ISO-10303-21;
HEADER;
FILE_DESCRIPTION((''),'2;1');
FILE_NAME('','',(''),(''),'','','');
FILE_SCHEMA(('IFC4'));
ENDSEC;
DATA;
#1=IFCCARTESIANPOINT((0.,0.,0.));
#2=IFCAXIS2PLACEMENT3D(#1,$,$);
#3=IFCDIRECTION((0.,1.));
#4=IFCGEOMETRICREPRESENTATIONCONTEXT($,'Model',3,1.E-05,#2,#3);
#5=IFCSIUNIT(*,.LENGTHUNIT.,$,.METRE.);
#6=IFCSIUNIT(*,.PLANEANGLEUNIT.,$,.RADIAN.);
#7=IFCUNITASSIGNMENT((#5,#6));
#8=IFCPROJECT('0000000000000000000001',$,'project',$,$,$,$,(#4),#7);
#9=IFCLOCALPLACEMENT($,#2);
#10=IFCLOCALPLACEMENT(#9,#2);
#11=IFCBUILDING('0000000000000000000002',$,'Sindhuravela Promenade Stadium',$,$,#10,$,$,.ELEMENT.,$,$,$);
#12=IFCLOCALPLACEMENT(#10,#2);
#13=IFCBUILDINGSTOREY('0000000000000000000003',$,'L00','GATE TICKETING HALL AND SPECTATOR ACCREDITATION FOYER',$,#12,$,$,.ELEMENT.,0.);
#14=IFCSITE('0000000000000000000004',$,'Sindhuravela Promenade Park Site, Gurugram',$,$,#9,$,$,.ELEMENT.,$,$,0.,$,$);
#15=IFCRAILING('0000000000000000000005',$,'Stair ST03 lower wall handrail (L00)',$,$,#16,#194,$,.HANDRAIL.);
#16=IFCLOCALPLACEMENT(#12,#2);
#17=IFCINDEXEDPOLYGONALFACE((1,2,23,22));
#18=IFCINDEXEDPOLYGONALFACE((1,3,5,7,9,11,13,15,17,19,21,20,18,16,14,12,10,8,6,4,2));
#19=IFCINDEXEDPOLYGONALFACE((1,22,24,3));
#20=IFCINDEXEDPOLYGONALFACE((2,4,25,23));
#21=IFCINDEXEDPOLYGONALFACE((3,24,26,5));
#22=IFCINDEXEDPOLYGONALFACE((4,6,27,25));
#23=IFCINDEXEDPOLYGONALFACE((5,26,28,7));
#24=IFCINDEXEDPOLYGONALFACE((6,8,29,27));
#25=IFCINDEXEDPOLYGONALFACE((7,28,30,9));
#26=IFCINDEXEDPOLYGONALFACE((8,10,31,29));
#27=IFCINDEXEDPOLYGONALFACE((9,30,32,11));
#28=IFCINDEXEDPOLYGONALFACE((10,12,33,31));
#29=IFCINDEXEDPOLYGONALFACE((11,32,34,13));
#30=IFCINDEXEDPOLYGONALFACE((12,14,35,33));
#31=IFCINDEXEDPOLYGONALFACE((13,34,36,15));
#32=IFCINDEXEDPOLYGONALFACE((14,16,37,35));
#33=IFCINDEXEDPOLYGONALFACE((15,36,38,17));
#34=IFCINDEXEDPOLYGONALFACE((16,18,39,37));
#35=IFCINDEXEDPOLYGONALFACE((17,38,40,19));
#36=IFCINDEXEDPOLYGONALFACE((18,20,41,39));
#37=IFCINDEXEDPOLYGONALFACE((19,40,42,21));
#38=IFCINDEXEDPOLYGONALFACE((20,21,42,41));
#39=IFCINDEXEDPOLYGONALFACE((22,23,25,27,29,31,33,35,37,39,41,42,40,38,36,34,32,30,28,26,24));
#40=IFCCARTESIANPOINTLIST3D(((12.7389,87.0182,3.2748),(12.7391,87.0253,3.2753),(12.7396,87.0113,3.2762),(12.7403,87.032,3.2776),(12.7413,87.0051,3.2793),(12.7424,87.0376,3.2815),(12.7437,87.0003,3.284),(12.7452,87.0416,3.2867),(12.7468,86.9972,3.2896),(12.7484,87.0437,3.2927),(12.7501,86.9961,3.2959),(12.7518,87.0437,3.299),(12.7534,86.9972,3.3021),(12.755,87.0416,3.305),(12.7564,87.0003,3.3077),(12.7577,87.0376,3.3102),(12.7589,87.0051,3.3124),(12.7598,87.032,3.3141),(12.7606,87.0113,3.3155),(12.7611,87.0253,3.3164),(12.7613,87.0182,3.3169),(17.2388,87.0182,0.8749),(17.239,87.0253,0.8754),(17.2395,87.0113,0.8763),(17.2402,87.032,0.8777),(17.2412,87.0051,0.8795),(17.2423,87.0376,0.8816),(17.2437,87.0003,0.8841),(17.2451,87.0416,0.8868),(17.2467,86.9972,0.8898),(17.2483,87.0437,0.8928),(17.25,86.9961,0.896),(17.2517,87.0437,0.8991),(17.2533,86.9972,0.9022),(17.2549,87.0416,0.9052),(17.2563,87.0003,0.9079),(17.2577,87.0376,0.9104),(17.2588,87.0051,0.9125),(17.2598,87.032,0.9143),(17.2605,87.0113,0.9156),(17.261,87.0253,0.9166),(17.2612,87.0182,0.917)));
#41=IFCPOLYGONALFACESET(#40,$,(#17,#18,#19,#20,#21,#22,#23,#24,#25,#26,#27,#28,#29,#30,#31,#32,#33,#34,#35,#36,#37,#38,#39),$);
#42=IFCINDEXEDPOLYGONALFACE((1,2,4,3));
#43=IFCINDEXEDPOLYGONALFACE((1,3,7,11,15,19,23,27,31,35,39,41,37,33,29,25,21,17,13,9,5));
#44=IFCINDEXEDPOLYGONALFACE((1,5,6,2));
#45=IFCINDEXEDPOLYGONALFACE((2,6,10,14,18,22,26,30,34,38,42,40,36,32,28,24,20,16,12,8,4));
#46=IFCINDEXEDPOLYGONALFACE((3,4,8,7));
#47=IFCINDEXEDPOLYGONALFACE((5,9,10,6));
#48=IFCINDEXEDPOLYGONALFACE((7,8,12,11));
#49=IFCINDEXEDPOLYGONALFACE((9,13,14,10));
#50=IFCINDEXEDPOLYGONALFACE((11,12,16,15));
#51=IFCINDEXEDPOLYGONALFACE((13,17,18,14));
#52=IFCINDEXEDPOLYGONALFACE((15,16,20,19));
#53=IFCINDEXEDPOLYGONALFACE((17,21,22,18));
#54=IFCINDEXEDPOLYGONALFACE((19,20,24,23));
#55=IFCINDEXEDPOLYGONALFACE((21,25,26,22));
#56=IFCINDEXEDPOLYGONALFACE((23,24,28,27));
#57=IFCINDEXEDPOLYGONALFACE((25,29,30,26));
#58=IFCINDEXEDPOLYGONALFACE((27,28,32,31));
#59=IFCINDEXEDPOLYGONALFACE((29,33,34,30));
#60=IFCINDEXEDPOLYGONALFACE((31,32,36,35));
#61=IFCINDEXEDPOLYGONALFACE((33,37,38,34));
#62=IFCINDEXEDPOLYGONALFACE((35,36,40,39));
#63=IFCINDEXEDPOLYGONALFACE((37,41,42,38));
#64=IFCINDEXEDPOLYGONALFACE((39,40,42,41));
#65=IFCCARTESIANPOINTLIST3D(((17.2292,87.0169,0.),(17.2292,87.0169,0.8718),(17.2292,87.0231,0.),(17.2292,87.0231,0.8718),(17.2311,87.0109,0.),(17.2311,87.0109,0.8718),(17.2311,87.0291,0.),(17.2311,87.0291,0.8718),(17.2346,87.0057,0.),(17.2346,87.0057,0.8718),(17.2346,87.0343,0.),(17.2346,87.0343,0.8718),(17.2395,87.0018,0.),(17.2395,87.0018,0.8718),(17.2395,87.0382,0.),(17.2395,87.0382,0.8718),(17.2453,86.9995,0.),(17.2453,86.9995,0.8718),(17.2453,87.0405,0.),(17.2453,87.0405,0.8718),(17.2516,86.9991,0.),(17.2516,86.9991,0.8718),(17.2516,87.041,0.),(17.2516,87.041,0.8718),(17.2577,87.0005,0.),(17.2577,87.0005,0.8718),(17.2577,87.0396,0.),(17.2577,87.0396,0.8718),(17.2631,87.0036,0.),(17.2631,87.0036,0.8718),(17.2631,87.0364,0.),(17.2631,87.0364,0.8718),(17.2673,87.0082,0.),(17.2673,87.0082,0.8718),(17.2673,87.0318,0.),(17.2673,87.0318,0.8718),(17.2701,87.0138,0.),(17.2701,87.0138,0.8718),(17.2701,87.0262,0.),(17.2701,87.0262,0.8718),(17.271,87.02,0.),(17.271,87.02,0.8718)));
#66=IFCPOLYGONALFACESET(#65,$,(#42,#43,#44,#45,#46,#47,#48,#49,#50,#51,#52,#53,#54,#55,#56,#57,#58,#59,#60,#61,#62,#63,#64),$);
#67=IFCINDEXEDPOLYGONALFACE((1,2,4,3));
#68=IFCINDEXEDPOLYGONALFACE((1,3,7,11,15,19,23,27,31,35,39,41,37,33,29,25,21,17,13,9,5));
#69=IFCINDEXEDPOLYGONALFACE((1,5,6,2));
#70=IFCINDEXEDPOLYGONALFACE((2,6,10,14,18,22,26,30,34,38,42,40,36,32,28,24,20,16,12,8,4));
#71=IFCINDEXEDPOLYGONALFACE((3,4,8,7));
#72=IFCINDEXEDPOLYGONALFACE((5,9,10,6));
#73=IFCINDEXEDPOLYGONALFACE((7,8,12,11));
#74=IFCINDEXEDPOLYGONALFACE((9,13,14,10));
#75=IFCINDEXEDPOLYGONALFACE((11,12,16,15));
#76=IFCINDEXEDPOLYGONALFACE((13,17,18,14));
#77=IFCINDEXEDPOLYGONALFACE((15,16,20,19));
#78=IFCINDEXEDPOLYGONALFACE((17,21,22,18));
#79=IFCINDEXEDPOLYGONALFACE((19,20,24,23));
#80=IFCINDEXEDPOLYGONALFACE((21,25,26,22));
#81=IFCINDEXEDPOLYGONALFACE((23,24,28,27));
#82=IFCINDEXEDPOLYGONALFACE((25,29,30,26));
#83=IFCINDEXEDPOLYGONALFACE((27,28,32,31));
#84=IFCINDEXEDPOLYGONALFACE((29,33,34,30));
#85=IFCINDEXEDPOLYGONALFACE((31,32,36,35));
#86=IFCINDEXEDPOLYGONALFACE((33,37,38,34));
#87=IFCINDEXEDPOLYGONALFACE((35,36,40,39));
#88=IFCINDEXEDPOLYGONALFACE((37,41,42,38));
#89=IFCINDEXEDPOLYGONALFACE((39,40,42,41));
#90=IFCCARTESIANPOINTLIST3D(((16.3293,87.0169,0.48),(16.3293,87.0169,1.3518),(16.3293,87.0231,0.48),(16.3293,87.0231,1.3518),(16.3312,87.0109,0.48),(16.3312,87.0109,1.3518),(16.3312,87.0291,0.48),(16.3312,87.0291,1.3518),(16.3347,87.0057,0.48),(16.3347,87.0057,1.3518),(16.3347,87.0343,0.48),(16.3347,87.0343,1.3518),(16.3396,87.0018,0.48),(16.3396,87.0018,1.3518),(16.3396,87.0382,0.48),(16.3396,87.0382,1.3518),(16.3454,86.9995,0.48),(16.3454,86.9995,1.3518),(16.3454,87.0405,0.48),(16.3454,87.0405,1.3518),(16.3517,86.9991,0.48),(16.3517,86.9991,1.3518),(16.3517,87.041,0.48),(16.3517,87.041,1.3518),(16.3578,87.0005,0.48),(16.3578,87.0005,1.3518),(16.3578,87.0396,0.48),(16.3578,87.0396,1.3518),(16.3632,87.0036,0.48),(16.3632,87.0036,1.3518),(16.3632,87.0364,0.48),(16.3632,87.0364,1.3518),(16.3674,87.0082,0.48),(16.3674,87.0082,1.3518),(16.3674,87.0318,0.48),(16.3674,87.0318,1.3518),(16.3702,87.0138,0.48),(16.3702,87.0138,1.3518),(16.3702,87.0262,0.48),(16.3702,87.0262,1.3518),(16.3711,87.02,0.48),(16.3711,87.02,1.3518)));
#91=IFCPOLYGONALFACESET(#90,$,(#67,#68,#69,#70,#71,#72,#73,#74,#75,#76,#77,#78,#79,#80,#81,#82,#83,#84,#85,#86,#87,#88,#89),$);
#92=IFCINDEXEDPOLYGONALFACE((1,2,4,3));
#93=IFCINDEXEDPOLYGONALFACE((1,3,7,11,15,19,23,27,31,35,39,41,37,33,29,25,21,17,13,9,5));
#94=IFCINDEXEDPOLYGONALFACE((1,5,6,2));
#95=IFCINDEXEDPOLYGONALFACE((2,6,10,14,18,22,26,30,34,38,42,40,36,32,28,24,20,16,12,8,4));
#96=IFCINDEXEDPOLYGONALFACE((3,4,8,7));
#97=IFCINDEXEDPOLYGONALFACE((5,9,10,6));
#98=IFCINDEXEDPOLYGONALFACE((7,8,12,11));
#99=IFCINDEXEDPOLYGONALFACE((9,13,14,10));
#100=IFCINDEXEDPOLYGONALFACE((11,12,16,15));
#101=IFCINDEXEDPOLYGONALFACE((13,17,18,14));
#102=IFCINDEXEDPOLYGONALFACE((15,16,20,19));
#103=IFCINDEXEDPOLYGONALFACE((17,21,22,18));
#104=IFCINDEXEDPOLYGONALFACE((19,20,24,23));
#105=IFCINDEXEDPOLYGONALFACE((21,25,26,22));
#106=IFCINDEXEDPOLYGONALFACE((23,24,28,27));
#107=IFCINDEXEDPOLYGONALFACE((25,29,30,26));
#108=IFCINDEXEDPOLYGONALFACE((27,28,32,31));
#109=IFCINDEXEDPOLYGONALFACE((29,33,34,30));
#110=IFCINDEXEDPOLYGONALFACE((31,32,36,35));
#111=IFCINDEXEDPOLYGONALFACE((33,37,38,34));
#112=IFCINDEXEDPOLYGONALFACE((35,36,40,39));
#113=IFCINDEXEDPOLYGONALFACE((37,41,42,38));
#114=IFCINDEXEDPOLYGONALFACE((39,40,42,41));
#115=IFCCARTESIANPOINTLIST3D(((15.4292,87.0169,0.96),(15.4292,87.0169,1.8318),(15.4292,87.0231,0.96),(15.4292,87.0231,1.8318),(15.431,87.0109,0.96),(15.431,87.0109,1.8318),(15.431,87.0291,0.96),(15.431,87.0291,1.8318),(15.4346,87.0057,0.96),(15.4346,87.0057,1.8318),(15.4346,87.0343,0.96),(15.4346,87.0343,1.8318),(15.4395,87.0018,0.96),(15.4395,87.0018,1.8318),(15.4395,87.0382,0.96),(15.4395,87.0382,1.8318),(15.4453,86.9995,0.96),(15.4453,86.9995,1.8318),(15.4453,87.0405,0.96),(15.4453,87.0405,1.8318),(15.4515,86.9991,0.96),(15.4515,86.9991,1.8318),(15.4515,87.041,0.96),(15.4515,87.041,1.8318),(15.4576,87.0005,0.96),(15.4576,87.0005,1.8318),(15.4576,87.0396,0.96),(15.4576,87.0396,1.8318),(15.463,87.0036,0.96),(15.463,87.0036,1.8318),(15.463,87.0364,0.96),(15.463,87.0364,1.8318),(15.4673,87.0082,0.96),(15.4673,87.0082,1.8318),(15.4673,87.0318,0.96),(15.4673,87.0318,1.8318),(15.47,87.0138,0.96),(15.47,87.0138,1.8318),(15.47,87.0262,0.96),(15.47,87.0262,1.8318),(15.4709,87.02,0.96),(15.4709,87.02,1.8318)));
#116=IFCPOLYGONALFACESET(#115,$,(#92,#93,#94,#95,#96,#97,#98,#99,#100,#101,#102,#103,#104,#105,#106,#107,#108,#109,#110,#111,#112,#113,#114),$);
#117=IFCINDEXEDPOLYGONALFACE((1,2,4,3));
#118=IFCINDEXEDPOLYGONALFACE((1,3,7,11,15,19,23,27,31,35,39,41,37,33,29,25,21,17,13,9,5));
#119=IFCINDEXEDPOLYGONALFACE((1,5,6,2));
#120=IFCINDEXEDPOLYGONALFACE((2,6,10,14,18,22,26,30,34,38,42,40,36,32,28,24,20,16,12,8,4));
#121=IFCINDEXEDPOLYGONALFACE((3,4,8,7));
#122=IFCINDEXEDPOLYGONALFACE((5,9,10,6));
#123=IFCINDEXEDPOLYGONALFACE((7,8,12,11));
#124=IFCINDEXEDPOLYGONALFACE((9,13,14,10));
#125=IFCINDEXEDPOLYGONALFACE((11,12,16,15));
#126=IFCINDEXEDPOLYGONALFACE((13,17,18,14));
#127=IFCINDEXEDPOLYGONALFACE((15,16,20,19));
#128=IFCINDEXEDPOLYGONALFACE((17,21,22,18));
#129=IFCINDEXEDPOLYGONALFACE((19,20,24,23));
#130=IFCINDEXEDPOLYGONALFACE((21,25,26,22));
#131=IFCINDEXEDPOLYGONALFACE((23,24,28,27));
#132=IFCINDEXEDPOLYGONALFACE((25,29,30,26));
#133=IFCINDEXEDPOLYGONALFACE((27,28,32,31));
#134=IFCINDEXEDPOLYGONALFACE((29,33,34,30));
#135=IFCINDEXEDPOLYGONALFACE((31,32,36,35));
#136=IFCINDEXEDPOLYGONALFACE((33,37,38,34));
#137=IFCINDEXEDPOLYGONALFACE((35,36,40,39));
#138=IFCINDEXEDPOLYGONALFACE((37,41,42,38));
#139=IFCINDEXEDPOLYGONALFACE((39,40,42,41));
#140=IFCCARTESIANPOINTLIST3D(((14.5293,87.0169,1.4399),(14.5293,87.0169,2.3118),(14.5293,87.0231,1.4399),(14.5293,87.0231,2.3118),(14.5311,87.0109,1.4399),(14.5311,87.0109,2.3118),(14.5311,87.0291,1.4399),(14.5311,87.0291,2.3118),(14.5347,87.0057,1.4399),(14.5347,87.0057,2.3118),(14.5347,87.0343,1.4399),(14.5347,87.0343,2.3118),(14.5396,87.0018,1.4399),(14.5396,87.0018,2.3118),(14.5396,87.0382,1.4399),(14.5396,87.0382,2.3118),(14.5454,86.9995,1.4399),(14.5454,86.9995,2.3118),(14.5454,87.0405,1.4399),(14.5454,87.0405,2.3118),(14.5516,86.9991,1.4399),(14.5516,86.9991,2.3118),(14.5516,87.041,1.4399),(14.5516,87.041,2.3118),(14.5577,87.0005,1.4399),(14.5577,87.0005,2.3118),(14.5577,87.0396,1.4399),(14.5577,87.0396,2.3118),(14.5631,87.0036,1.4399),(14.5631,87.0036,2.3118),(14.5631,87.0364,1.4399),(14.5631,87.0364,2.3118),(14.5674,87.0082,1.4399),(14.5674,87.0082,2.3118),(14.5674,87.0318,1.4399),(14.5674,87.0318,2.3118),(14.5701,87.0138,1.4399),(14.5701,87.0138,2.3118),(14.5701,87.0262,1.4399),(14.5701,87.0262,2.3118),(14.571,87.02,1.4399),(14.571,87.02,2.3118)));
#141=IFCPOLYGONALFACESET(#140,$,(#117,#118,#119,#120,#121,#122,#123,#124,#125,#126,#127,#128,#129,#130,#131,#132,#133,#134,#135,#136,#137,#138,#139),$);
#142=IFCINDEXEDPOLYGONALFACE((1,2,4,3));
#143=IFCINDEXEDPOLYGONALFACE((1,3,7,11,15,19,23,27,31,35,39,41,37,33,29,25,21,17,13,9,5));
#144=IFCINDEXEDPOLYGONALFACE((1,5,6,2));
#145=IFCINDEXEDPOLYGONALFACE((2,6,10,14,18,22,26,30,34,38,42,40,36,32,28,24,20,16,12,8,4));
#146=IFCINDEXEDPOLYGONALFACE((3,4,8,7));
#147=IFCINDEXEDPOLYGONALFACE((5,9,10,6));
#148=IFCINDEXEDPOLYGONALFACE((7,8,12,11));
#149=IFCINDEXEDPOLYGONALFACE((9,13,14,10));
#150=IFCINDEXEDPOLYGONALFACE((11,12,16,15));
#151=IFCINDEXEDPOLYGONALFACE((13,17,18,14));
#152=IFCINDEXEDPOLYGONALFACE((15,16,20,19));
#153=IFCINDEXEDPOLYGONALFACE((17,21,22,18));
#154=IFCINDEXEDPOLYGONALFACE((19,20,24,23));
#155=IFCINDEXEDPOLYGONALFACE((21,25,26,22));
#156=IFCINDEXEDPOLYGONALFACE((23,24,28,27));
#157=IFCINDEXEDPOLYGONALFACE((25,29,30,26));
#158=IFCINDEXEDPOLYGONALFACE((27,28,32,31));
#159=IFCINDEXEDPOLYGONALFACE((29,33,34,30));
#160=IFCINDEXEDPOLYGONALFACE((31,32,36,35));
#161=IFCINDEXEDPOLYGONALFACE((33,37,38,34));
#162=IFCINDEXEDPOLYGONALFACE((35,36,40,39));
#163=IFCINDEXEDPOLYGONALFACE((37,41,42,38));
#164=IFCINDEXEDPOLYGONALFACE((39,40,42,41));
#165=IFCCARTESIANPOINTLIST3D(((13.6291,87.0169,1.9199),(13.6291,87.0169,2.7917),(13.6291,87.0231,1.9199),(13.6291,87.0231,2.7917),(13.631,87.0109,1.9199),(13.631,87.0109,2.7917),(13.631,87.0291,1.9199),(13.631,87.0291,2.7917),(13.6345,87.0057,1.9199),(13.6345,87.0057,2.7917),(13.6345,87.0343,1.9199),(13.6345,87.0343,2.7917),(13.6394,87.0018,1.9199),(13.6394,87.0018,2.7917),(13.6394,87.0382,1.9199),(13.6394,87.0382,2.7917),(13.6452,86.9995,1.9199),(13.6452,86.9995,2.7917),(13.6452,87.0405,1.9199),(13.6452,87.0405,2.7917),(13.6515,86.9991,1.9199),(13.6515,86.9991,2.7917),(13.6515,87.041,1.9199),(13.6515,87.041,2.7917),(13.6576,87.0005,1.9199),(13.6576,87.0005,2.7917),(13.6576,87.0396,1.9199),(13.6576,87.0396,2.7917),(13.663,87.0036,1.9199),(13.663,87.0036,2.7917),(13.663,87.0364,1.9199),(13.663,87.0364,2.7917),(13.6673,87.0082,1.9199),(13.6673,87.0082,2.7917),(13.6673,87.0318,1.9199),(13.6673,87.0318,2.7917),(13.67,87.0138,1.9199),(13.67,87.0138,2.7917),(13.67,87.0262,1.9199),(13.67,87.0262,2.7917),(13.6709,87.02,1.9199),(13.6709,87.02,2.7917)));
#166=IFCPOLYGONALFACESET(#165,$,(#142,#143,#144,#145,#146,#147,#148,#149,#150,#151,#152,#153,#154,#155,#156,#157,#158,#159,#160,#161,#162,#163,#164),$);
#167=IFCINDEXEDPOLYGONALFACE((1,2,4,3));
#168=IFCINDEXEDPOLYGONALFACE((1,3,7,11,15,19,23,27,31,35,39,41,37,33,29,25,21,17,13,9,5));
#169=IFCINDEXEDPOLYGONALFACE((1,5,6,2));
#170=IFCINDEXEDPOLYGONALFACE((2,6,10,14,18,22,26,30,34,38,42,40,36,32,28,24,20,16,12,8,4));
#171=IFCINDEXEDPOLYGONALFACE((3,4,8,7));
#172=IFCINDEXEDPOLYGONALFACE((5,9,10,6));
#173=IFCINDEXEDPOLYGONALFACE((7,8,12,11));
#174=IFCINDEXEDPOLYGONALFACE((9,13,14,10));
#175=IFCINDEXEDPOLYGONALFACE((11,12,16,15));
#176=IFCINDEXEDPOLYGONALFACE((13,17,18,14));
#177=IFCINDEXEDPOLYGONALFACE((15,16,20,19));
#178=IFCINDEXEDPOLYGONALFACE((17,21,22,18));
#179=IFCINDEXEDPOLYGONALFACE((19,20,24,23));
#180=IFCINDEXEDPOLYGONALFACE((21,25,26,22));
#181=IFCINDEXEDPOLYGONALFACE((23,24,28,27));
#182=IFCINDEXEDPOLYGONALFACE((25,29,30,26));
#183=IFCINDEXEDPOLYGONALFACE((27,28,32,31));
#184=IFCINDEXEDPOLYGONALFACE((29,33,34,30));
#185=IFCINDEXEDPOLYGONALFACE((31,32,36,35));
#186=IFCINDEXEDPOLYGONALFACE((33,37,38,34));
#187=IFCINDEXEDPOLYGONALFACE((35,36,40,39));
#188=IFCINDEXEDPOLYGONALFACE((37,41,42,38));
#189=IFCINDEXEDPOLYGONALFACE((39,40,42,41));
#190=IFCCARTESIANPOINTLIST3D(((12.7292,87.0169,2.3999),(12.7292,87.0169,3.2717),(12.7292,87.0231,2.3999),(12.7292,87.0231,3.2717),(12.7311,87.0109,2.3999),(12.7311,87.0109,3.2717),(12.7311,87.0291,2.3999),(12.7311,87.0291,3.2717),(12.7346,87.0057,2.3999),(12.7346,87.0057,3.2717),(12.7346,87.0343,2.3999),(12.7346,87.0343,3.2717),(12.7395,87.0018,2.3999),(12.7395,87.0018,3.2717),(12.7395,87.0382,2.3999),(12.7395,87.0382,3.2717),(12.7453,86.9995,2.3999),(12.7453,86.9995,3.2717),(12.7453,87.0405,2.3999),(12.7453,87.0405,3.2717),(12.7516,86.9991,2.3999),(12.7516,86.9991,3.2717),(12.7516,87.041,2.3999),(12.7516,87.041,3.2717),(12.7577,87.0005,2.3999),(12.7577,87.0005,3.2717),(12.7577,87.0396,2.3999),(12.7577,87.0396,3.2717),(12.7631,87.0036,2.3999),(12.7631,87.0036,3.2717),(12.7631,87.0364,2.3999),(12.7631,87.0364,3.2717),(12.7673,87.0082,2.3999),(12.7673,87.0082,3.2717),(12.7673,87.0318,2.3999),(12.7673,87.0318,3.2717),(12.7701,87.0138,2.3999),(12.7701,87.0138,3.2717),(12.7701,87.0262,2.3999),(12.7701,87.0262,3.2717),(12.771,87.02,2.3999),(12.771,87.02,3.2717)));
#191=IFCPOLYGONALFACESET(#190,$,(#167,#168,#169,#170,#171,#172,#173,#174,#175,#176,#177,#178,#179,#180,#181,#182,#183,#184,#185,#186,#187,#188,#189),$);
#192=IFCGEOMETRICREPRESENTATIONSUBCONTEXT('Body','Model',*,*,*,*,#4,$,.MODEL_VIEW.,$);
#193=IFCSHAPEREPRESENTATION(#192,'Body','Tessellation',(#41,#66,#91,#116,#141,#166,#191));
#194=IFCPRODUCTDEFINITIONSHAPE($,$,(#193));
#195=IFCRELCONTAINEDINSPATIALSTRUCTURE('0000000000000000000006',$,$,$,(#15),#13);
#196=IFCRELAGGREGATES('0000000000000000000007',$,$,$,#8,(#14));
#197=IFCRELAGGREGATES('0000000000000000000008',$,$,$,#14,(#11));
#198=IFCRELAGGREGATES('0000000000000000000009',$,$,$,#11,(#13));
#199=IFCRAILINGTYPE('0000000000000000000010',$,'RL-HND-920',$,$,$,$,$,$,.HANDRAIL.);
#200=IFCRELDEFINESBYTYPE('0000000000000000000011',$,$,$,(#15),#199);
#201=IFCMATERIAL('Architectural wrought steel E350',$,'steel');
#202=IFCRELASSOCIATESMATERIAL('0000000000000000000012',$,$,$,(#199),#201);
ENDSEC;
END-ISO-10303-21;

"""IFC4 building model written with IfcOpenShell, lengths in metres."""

from ifc_helpers import new_model, si_unit, direction, frame, origin, origin_2d, place, context, subcontext, project, spatial, circle, extrude, material, type_object, element, save


model = new_model("IFC4")

# Units and contexts
model_context = context("Model", 3, precision=1e-05, world=origin(), true_north=direction((0.0, 1.0)))
body_context = subcontext(model_context, "Body", "Model", "MODEL_VIEW")
ifc_project = project(units=[si_unit("LENGTHUNIT", "METRE"), si_unit("PLANEANGLEUNIT", "RADIAN")], contexts=[model_context])

# Site, building, storey
site_placement = place(None, origin())
site = spatial("IfcSite", under=ifc_project, at=site_placement, Name="Sindhuravela Promenade Park Site, Gurugram", CompositionType="ELEMENT", RefElevation=0.0)
building_placement = place(site_placement, origin())
building = spatial("IfcBuilding", under=site, at=building_placement, Name="Sindhuravela Promenade Stadium", CompositionType="ELEMENT")
storey_placement = place(building_placement, origin())
storey = spatial("IfcBuildingStorey", under=building, at=storey_placement, Name="L00", Description="GATE TICKETING HALL AND SPECTATOR ACCREDITATION FOYER", CompositionType="ELEMENT", Elevation=0.0)

# Shared definitions
ifc_material_1 = material(Name="Architectural wrought steel E350", Category="steel")

# Railing
railing_type_1 = type_object("IfcRailingType", Name="RL-HND-920", PredefinedType="HANDRAIL", material=ifc_material_1)
railing_1_placement = place(storey_placement, frame((17.25, 87.02, 0.0)))
element("IfcRailing", 1, at=railing_1_placement, inside=storey, type_object=railing_type_1, Name="Stair ST03 lower wall handrail (L00)", PredefinedType="HANDRAIL", context=body_context, shape_type="SweptSolid", body=[
    extrude(circle(Radius=0.0239, at=origin_2d()), frame((0.0, 0.0, 0.896), z_axis=(-0.882361, 0.0, 0.470573), x_axis=(0.0, -1.0, 0.0)), (0.0, 0.0, 1.0), 5.0999),
    extrude(circle(Radius=0.021, at=origin_2d()), origin(), (0.0, 0.0, 1.0), 0.8718),
    extrude(circle(Radius=0.021, at=origin_2d()), frame((-0.8999, 0.0, 0.48)), (0.0, 0.0, 1.0), 0.8718),
    extrude(circle(Radius=0.021, at=origin_2d()), frame((-1.8, 0.0, 0.96)), (0.0, 0.0, 1.0), 0.8718),
    extrude(circle(Radius=0.021, at=origin_2d()), frame((-2.7, 0.0, 1.4399)), (0.0, 0.0, 1.0), 0.8718),
    extrude(circle(Radius=0.021, at=origin_2d()), frame((-3.6001, 0.0, 1.9199)), (0.0, 0.0, 1.0), 0.8718),
    extrude(circle(Radius=0.021, at=origin_2d()), frame((-4.5, 0.0, 2.3999)), (0.0, 0.0, 1.0), 0.8718),
])

save(model, "model.ifc")
